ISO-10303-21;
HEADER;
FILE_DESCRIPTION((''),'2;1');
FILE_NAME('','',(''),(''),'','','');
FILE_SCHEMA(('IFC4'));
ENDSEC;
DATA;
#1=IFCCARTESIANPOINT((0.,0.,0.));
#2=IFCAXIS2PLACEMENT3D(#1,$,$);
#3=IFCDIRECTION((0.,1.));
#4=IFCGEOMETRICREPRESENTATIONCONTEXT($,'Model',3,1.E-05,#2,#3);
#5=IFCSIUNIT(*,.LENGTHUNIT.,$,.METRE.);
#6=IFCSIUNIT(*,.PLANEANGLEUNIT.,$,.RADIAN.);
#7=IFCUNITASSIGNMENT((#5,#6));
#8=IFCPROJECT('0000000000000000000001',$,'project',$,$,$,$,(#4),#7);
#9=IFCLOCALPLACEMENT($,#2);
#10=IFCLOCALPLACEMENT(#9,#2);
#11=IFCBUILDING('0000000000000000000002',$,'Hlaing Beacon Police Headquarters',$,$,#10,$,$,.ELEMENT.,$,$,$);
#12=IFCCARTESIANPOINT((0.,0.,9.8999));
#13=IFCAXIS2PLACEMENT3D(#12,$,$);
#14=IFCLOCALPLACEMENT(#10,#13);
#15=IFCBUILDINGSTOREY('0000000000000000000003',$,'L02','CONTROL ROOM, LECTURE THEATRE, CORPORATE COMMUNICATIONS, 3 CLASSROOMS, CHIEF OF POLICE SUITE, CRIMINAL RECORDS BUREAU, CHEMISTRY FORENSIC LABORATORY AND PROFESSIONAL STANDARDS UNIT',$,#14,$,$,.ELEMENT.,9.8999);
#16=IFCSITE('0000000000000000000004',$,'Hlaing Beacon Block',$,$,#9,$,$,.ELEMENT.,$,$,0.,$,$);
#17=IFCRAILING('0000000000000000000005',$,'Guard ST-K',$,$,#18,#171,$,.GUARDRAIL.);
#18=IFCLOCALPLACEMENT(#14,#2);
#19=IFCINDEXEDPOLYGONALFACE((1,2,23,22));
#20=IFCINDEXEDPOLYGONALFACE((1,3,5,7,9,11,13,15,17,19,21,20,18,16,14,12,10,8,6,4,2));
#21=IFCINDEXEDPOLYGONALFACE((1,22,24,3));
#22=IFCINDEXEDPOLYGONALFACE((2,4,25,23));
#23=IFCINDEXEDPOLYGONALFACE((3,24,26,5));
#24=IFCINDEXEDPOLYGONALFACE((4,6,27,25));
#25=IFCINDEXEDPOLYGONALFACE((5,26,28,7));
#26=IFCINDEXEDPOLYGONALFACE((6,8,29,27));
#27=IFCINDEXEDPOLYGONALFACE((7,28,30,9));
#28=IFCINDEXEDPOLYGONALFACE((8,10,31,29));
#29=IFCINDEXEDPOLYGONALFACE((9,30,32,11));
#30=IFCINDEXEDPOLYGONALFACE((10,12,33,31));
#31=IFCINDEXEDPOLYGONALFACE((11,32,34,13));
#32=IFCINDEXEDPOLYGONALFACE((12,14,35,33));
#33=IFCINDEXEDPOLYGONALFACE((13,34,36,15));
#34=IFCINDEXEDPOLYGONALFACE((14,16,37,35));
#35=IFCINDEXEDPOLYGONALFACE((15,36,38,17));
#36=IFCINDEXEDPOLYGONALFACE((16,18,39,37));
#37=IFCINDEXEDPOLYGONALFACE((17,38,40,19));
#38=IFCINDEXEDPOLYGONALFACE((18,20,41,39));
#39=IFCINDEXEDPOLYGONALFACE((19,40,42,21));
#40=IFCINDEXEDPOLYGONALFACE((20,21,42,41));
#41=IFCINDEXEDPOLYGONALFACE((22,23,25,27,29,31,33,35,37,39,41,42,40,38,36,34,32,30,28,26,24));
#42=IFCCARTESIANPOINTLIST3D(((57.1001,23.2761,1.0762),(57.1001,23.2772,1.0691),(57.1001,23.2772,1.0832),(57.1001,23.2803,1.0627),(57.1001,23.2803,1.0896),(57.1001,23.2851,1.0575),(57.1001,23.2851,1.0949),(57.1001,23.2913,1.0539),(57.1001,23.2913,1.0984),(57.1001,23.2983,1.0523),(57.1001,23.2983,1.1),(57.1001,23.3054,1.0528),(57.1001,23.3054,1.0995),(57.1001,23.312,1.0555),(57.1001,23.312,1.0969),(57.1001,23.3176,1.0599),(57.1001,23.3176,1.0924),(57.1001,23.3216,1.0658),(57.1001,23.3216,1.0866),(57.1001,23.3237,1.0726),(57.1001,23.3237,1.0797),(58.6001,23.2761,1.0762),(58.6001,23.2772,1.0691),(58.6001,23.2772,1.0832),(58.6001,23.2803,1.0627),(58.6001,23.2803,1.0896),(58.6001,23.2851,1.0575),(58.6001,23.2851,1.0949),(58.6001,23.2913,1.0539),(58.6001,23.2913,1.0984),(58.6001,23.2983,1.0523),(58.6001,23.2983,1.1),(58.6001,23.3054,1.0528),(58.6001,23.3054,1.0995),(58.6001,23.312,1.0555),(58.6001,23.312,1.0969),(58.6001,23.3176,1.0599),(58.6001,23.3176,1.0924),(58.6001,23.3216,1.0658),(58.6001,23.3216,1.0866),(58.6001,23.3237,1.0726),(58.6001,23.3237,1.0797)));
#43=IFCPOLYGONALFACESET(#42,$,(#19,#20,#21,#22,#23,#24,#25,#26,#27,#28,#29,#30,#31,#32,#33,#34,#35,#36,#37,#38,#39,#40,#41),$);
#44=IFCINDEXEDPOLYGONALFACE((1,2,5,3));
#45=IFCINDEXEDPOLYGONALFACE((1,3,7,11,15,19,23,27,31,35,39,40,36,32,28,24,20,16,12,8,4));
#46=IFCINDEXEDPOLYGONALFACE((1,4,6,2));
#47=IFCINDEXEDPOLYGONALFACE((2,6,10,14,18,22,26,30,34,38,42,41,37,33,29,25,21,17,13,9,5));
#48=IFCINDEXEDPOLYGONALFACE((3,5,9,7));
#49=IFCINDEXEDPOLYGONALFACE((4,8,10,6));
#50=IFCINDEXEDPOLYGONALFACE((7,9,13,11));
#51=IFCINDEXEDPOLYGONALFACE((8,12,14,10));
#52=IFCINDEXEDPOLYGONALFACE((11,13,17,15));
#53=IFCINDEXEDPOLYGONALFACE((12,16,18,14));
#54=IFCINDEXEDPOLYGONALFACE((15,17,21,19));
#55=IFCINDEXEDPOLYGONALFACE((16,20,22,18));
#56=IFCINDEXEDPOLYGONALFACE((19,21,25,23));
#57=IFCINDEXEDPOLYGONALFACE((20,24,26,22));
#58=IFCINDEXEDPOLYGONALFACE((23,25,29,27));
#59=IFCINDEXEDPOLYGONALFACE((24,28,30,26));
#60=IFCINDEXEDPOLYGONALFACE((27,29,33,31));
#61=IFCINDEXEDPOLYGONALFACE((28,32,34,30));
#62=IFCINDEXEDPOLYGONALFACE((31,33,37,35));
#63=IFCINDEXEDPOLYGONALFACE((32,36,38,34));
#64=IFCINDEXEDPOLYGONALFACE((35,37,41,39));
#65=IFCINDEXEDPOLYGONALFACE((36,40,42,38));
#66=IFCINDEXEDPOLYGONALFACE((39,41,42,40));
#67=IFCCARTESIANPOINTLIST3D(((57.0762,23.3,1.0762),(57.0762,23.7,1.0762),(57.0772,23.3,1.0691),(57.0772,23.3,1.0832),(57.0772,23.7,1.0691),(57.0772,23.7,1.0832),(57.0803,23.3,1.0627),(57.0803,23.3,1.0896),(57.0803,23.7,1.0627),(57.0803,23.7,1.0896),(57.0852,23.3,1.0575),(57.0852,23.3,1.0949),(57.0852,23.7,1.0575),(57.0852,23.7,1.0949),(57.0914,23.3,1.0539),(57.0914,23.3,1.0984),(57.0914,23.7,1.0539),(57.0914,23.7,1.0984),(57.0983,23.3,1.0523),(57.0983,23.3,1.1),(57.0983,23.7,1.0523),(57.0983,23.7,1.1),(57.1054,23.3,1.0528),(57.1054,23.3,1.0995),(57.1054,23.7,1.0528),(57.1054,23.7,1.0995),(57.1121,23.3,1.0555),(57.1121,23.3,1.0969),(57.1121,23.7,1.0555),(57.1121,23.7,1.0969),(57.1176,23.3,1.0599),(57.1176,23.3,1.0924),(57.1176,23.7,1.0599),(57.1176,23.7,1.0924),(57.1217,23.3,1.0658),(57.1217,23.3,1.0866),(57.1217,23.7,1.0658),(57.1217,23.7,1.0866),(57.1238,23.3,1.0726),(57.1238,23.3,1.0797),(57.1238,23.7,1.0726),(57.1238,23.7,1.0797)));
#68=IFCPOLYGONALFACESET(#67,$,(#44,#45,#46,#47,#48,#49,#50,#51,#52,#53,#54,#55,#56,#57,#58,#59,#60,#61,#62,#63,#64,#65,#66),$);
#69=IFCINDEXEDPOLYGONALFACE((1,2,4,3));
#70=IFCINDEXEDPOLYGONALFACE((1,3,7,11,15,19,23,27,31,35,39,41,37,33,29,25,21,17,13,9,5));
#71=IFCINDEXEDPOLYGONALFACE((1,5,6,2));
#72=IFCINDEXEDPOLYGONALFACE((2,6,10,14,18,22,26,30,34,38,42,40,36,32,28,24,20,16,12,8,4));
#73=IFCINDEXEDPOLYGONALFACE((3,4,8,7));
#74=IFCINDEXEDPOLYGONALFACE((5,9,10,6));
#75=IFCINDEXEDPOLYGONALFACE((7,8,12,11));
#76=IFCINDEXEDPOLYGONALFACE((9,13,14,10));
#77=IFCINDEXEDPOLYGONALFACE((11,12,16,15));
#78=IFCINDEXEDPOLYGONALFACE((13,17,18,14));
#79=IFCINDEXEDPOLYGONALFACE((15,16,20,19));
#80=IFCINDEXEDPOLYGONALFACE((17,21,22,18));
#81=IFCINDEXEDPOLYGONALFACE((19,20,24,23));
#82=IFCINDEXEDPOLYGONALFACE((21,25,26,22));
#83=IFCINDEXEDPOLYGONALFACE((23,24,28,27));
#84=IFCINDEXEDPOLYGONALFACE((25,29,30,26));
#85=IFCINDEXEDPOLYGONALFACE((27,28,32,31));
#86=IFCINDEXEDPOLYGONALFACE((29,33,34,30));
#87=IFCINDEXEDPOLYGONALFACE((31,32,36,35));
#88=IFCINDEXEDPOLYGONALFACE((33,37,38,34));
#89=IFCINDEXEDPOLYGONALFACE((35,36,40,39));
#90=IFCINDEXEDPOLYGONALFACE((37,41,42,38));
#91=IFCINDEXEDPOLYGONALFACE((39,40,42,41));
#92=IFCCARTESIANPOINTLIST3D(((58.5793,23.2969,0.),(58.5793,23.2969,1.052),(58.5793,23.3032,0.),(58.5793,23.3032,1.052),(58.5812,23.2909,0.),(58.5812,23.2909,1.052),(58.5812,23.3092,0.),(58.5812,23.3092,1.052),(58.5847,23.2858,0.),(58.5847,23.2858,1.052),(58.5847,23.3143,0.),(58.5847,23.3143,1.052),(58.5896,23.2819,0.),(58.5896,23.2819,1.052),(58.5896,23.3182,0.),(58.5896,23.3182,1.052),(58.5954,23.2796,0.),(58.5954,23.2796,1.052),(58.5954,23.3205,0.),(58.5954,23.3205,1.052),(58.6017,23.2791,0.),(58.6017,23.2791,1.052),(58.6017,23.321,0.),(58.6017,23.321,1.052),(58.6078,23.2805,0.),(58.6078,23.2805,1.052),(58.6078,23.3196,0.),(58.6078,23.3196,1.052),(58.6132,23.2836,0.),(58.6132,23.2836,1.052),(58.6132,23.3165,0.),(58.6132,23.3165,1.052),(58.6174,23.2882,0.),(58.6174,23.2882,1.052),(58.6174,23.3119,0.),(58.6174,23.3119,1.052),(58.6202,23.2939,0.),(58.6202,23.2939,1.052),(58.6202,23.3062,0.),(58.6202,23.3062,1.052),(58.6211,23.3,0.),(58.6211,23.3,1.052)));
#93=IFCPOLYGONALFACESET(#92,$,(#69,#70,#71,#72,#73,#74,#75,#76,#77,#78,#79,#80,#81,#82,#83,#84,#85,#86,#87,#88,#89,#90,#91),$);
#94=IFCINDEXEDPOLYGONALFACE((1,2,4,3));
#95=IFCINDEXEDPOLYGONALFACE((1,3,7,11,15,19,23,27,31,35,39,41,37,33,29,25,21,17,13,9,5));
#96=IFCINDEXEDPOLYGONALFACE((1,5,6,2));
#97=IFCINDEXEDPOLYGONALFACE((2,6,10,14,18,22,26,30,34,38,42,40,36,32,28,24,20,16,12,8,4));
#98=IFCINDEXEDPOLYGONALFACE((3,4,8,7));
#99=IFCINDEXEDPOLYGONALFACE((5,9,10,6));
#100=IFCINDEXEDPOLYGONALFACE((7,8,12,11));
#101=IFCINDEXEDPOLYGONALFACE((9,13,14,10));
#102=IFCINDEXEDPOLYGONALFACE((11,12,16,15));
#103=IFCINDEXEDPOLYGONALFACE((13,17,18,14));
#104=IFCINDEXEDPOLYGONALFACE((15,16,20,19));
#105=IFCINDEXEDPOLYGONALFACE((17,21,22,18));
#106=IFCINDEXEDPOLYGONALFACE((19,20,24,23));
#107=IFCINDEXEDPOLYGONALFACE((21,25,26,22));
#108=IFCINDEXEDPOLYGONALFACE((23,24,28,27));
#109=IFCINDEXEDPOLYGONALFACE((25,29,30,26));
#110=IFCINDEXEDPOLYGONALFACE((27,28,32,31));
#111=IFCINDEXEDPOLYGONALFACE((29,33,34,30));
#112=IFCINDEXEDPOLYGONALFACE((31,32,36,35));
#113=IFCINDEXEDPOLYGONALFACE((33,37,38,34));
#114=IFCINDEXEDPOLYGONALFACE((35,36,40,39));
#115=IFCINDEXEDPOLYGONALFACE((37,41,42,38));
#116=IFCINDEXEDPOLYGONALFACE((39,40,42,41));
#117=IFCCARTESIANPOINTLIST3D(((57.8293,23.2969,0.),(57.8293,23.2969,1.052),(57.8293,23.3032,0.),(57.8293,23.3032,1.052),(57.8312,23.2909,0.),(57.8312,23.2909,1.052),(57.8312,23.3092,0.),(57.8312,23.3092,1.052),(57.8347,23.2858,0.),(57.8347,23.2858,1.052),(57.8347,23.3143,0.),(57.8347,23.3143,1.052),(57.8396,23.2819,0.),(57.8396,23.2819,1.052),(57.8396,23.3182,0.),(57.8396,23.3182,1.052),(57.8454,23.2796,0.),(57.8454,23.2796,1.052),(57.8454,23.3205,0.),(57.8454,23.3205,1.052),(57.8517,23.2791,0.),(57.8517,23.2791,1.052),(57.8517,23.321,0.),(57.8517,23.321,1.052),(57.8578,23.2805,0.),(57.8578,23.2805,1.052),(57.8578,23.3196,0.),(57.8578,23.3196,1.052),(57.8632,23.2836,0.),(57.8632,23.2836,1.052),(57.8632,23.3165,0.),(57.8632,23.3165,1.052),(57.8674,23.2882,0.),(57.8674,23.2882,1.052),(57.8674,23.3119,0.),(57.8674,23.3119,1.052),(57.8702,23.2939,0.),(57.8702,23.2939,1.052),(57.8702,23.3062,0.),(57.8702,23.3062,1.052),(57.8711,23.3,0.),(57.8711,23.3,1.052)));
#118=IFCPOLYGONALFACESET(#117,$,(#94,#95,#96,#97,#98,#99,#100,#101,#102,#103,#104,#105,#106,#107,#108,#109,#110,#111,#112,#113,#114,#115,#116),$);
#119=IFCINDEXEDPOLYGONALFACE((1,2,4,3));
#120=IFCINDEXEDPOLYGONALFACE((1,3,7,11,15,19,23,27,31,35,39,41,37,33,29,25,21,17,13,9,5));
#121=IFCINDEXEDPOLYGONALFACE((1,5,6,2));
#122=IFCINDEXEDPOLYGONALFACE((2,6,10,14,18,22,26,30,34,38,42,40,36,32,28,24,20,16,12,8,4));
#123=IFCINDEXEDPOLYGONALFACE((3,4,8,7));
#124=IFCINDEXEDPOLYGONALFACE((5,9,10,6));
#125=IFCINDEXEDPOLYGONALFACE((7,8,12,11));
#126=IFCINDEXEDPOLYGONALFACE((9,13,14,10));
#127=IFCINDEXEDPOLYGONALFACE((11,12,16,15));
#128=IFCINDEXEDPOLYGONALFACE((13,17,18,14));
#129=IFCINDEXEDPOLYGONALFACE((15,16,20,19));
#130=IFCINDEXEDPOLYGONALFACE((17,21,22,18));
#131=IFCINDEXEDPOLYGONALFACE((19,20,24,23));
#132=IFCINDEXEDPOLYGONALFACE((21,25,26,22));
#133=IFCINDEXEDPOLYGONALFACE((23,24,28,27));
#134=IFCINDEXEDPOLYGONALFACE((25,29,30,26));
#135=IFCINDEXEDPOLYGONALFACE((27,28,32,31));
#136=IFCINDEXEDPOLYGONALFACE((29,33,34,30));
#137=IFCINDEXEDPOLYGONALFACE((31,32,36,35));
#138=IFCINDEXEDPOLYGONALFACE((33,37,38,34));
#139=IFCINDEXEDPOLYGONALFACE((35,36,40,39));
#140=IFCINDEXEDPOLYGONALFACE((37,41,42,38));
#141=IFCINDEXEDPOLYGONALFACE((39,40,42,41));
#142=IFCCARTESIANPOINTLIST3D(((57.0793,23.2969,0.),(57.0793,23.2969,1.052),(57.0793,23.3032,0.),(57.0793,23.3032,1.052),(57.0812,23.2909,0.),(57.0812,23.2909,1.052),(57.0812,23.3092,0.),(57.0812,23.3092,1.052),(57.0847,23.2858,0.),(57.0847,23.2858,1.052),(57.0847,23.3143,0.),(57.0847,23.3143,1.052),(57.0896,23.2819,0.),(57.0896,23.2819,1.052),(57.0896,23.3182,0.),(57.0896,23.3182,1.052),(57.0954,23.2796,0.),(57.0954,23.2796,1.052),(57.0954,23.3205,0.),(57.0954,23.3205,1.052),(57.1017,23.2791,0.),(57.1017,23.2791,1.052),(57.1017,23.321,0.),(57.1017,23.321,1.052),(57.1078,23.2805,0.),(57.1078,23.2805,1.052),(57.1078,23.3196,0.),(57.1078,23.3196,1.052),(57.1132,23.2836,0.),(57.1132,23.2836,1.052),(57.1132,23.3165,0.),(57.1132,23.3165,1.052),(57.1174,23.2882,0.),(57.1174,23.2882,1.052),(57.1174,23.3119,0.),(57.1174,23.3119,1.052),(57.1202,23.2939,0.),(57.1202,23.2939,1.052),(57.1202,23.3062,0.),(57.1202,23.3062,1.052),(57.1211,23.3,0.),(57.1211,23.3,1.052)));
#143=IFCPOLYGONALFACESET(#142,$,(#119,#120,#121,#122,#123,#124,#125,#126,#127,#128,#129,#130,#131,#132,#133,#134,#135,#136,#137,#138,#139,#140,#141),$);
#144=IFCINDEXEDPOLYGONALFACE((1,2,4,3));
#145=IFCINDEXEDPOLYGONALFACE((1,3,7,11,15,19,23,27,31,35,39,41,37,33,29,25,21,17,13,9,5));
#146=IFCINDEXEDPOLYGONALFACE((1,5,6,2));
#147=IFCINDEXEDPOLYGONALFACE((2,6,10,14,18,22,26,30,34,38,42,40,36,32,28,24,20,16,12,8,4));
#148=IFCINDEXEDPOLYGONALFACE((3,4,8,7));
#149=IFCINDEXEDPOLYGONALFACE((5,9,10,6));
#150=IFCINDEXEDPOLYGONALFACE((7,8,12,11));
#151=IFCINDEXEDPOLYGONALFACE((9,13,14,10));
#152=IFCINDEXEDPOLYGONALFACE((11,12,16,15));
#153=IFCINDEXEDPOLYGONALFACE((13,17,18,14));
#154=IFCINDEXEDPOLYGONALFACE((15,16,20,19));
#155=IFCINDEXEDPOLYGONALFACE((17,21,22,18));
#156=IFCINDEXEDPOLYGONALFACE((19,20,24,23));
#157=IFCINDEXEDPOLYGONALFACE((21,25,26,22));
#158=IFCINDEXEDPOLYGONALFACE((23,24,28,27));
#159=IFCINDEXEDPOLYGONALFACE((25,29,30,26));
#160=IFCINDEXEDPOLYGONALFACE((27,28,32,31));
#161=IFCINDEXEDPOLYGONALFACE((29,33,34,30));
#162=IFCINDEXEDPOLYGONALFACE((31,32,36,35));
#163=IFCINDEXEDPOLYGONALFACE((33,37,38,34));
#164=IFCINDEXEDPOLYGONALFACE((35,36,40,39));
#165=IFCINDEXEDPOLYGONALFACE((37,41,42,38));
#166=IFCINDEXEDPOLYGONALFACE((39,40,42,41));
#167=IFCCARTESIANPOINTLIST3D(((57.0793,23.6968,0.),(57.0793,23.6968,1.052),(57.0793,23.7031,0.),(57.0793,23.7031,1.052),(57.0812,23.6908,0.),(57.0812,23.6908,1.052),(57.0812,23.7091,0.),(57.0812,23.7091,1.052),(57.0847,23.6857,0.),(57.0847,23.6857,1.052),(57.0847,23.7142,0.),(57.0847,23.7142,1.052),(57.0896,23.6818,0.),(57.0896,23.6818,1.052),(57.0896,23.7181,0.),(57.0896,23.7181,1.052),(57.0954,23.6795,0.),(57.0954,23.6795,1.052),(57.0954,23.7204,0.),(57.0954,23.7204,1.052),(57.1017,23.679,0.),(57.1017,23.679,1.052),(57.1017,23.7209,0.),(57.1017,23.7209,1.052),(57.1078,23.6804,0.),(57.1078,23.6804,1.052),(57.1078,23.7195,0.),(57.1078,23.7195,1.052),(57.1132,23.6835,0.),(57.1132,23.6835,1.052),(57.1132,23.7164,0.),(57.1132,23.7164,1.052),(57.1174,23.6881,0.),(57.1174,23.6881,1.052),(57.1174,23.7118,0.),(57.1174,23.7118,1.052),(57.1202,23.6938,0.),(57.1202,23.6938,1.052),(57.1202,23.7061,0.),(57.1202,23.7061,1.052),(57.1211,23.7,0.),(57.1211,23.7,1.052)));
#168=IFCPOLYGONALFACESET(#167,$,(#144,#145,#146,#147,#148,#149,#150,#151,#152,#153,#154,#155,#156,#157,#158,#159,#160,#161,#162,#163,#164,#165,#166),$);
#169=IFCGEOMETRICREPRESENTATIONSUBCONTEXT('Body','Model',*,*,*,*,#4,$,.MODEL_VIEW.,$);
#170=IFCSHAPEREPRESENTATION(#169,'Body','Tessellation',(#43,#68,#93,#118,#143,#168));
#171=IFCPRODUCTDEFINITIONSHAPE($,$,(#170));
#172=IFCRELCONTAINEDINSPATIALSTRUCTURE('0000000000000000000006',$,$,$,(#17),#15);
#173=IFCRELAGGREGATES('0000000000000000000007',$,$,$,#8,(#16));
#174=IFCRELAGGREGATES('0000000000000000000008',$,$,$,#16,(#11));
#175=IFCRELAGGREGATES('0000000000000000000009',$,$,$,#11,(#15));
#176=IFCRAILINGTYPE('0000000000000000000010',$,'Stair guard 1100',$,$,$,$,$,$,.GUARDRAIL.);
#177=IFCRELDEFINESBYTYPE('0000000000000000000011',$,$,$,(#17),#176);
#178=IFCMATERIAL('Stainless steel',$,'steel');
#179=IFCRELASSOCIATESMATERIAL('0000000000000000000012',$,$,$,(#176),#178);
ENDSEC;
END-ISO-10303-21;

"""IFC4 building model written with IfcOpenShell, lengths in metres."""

from ifc_helpers import new_model, si_unit, direction, frame, origin, origin_2d, place, context, subcontext, project, spatial, circle, extrude, material, type_object, element, save


model = new_model("IFC4")

# Units and contexts
model_context = context("Model", 3, precision=1e-05, world=origin(), true_north=direction((0.0, 1.0)))
body_context = subcontext(model_context, "Body", "Model", "MODEL_VIEW")
ifc_project = project(units=[si_unit("LENGTHUNIT", "METRE"), si_unit("PLANEANGLEUNIT", "RADIAN")], contexts=[model_context])

# Site, building, storey
site_placement = place(None, origin())
site = spatial("IfcSite", under=ifc_project, at=site_placement, Name="Hlaing Beacon Block", CompositionType="ELEMENT", RefElevation=0.0)
building_placement = place(site_placement, origin())
building = spatial("IfcBuilding", under=site, at=building_placement, Name="Hlaing Beacon Police Headquarters", CompositionType="ELEMENT")
storey_placement = place(building_placement, frame((0.0, 0.0, 9.8999)))
storey = spatial("IfcBuildingStorey", under=building, at=storey_placement, Name="L02", Description="CONTROL ROOM, LECTURE THEATRE, CORPORATE COMMUNICATIONS, 3 CLASSROOMS, CHIEF OF POLICE SUITE, CRIMINAL RECORDS BUREAU, CHEMISTRY FORENSIC LABORATORY AND PROFESSIONAL STANDARDS UNIT", CompositionType="ELEMENT", Elevation=9.8999)

# Railing
ifc_material_1 = material(Name="Stainless steel", Category="steel")
railing_type_1 = type_object("IfcRailingType", Name="Stair guard 1100", PredefinedType="GUARDRAIL", material=ifc_material_1)
railing_placement = place(storey_placement, frame((58.6001, 23.3, 0.0)))
element("IfcRailing", 1, at=railing_placement, inside=storey, type_object=railing_type_1, Name="Guard ST-K", PredefinedType="GUARDRAIL", context=body_context, shape_type="SweptSolid", body=[
    extrude(circle(Radius=0.0239, at=origin_2d()), frame((0.0, 0.0, 1.0762), z_axis=(-1.0, 0.0, 0.0), x_axis=(0.0, -1.0, 0.0)), (0.0, 0.0, 1.0), 1.5),
    extrude(circle(Radius=0.0239, at=origin_2d()), frame((-1.5, 0.0, 1.0762), z_axis=(0.0, 1.0, 0.0), x_axis=(-1.0, 0.0, 0.0)), (0.0, 0.0, 1.0), 0.3999),
    extrude(circle(Radius=0.021, at=origin_2d()), origin(), (0.0, 0.0, 1.0), 1.052),
    extrude(circle(Radius=0.021, at=origin_2d()), frame((-0.75, 0.0, 0.0)), (0.0, 0.0, 1.0), 1.052),
    extrude(circle(Radius=0.021, at=origin_2d()), frame((-1.5, 0.0, 0.0)), (0.0, 0.0, 1.0), 1.052),
    extrude(circle(Radius=0.021, at=origin_2d()), frame((-1.5, 0.3999, 0.0)), (0.0, 0.0, 1.0), 1.052),
])

save(model, "model.ifc")
